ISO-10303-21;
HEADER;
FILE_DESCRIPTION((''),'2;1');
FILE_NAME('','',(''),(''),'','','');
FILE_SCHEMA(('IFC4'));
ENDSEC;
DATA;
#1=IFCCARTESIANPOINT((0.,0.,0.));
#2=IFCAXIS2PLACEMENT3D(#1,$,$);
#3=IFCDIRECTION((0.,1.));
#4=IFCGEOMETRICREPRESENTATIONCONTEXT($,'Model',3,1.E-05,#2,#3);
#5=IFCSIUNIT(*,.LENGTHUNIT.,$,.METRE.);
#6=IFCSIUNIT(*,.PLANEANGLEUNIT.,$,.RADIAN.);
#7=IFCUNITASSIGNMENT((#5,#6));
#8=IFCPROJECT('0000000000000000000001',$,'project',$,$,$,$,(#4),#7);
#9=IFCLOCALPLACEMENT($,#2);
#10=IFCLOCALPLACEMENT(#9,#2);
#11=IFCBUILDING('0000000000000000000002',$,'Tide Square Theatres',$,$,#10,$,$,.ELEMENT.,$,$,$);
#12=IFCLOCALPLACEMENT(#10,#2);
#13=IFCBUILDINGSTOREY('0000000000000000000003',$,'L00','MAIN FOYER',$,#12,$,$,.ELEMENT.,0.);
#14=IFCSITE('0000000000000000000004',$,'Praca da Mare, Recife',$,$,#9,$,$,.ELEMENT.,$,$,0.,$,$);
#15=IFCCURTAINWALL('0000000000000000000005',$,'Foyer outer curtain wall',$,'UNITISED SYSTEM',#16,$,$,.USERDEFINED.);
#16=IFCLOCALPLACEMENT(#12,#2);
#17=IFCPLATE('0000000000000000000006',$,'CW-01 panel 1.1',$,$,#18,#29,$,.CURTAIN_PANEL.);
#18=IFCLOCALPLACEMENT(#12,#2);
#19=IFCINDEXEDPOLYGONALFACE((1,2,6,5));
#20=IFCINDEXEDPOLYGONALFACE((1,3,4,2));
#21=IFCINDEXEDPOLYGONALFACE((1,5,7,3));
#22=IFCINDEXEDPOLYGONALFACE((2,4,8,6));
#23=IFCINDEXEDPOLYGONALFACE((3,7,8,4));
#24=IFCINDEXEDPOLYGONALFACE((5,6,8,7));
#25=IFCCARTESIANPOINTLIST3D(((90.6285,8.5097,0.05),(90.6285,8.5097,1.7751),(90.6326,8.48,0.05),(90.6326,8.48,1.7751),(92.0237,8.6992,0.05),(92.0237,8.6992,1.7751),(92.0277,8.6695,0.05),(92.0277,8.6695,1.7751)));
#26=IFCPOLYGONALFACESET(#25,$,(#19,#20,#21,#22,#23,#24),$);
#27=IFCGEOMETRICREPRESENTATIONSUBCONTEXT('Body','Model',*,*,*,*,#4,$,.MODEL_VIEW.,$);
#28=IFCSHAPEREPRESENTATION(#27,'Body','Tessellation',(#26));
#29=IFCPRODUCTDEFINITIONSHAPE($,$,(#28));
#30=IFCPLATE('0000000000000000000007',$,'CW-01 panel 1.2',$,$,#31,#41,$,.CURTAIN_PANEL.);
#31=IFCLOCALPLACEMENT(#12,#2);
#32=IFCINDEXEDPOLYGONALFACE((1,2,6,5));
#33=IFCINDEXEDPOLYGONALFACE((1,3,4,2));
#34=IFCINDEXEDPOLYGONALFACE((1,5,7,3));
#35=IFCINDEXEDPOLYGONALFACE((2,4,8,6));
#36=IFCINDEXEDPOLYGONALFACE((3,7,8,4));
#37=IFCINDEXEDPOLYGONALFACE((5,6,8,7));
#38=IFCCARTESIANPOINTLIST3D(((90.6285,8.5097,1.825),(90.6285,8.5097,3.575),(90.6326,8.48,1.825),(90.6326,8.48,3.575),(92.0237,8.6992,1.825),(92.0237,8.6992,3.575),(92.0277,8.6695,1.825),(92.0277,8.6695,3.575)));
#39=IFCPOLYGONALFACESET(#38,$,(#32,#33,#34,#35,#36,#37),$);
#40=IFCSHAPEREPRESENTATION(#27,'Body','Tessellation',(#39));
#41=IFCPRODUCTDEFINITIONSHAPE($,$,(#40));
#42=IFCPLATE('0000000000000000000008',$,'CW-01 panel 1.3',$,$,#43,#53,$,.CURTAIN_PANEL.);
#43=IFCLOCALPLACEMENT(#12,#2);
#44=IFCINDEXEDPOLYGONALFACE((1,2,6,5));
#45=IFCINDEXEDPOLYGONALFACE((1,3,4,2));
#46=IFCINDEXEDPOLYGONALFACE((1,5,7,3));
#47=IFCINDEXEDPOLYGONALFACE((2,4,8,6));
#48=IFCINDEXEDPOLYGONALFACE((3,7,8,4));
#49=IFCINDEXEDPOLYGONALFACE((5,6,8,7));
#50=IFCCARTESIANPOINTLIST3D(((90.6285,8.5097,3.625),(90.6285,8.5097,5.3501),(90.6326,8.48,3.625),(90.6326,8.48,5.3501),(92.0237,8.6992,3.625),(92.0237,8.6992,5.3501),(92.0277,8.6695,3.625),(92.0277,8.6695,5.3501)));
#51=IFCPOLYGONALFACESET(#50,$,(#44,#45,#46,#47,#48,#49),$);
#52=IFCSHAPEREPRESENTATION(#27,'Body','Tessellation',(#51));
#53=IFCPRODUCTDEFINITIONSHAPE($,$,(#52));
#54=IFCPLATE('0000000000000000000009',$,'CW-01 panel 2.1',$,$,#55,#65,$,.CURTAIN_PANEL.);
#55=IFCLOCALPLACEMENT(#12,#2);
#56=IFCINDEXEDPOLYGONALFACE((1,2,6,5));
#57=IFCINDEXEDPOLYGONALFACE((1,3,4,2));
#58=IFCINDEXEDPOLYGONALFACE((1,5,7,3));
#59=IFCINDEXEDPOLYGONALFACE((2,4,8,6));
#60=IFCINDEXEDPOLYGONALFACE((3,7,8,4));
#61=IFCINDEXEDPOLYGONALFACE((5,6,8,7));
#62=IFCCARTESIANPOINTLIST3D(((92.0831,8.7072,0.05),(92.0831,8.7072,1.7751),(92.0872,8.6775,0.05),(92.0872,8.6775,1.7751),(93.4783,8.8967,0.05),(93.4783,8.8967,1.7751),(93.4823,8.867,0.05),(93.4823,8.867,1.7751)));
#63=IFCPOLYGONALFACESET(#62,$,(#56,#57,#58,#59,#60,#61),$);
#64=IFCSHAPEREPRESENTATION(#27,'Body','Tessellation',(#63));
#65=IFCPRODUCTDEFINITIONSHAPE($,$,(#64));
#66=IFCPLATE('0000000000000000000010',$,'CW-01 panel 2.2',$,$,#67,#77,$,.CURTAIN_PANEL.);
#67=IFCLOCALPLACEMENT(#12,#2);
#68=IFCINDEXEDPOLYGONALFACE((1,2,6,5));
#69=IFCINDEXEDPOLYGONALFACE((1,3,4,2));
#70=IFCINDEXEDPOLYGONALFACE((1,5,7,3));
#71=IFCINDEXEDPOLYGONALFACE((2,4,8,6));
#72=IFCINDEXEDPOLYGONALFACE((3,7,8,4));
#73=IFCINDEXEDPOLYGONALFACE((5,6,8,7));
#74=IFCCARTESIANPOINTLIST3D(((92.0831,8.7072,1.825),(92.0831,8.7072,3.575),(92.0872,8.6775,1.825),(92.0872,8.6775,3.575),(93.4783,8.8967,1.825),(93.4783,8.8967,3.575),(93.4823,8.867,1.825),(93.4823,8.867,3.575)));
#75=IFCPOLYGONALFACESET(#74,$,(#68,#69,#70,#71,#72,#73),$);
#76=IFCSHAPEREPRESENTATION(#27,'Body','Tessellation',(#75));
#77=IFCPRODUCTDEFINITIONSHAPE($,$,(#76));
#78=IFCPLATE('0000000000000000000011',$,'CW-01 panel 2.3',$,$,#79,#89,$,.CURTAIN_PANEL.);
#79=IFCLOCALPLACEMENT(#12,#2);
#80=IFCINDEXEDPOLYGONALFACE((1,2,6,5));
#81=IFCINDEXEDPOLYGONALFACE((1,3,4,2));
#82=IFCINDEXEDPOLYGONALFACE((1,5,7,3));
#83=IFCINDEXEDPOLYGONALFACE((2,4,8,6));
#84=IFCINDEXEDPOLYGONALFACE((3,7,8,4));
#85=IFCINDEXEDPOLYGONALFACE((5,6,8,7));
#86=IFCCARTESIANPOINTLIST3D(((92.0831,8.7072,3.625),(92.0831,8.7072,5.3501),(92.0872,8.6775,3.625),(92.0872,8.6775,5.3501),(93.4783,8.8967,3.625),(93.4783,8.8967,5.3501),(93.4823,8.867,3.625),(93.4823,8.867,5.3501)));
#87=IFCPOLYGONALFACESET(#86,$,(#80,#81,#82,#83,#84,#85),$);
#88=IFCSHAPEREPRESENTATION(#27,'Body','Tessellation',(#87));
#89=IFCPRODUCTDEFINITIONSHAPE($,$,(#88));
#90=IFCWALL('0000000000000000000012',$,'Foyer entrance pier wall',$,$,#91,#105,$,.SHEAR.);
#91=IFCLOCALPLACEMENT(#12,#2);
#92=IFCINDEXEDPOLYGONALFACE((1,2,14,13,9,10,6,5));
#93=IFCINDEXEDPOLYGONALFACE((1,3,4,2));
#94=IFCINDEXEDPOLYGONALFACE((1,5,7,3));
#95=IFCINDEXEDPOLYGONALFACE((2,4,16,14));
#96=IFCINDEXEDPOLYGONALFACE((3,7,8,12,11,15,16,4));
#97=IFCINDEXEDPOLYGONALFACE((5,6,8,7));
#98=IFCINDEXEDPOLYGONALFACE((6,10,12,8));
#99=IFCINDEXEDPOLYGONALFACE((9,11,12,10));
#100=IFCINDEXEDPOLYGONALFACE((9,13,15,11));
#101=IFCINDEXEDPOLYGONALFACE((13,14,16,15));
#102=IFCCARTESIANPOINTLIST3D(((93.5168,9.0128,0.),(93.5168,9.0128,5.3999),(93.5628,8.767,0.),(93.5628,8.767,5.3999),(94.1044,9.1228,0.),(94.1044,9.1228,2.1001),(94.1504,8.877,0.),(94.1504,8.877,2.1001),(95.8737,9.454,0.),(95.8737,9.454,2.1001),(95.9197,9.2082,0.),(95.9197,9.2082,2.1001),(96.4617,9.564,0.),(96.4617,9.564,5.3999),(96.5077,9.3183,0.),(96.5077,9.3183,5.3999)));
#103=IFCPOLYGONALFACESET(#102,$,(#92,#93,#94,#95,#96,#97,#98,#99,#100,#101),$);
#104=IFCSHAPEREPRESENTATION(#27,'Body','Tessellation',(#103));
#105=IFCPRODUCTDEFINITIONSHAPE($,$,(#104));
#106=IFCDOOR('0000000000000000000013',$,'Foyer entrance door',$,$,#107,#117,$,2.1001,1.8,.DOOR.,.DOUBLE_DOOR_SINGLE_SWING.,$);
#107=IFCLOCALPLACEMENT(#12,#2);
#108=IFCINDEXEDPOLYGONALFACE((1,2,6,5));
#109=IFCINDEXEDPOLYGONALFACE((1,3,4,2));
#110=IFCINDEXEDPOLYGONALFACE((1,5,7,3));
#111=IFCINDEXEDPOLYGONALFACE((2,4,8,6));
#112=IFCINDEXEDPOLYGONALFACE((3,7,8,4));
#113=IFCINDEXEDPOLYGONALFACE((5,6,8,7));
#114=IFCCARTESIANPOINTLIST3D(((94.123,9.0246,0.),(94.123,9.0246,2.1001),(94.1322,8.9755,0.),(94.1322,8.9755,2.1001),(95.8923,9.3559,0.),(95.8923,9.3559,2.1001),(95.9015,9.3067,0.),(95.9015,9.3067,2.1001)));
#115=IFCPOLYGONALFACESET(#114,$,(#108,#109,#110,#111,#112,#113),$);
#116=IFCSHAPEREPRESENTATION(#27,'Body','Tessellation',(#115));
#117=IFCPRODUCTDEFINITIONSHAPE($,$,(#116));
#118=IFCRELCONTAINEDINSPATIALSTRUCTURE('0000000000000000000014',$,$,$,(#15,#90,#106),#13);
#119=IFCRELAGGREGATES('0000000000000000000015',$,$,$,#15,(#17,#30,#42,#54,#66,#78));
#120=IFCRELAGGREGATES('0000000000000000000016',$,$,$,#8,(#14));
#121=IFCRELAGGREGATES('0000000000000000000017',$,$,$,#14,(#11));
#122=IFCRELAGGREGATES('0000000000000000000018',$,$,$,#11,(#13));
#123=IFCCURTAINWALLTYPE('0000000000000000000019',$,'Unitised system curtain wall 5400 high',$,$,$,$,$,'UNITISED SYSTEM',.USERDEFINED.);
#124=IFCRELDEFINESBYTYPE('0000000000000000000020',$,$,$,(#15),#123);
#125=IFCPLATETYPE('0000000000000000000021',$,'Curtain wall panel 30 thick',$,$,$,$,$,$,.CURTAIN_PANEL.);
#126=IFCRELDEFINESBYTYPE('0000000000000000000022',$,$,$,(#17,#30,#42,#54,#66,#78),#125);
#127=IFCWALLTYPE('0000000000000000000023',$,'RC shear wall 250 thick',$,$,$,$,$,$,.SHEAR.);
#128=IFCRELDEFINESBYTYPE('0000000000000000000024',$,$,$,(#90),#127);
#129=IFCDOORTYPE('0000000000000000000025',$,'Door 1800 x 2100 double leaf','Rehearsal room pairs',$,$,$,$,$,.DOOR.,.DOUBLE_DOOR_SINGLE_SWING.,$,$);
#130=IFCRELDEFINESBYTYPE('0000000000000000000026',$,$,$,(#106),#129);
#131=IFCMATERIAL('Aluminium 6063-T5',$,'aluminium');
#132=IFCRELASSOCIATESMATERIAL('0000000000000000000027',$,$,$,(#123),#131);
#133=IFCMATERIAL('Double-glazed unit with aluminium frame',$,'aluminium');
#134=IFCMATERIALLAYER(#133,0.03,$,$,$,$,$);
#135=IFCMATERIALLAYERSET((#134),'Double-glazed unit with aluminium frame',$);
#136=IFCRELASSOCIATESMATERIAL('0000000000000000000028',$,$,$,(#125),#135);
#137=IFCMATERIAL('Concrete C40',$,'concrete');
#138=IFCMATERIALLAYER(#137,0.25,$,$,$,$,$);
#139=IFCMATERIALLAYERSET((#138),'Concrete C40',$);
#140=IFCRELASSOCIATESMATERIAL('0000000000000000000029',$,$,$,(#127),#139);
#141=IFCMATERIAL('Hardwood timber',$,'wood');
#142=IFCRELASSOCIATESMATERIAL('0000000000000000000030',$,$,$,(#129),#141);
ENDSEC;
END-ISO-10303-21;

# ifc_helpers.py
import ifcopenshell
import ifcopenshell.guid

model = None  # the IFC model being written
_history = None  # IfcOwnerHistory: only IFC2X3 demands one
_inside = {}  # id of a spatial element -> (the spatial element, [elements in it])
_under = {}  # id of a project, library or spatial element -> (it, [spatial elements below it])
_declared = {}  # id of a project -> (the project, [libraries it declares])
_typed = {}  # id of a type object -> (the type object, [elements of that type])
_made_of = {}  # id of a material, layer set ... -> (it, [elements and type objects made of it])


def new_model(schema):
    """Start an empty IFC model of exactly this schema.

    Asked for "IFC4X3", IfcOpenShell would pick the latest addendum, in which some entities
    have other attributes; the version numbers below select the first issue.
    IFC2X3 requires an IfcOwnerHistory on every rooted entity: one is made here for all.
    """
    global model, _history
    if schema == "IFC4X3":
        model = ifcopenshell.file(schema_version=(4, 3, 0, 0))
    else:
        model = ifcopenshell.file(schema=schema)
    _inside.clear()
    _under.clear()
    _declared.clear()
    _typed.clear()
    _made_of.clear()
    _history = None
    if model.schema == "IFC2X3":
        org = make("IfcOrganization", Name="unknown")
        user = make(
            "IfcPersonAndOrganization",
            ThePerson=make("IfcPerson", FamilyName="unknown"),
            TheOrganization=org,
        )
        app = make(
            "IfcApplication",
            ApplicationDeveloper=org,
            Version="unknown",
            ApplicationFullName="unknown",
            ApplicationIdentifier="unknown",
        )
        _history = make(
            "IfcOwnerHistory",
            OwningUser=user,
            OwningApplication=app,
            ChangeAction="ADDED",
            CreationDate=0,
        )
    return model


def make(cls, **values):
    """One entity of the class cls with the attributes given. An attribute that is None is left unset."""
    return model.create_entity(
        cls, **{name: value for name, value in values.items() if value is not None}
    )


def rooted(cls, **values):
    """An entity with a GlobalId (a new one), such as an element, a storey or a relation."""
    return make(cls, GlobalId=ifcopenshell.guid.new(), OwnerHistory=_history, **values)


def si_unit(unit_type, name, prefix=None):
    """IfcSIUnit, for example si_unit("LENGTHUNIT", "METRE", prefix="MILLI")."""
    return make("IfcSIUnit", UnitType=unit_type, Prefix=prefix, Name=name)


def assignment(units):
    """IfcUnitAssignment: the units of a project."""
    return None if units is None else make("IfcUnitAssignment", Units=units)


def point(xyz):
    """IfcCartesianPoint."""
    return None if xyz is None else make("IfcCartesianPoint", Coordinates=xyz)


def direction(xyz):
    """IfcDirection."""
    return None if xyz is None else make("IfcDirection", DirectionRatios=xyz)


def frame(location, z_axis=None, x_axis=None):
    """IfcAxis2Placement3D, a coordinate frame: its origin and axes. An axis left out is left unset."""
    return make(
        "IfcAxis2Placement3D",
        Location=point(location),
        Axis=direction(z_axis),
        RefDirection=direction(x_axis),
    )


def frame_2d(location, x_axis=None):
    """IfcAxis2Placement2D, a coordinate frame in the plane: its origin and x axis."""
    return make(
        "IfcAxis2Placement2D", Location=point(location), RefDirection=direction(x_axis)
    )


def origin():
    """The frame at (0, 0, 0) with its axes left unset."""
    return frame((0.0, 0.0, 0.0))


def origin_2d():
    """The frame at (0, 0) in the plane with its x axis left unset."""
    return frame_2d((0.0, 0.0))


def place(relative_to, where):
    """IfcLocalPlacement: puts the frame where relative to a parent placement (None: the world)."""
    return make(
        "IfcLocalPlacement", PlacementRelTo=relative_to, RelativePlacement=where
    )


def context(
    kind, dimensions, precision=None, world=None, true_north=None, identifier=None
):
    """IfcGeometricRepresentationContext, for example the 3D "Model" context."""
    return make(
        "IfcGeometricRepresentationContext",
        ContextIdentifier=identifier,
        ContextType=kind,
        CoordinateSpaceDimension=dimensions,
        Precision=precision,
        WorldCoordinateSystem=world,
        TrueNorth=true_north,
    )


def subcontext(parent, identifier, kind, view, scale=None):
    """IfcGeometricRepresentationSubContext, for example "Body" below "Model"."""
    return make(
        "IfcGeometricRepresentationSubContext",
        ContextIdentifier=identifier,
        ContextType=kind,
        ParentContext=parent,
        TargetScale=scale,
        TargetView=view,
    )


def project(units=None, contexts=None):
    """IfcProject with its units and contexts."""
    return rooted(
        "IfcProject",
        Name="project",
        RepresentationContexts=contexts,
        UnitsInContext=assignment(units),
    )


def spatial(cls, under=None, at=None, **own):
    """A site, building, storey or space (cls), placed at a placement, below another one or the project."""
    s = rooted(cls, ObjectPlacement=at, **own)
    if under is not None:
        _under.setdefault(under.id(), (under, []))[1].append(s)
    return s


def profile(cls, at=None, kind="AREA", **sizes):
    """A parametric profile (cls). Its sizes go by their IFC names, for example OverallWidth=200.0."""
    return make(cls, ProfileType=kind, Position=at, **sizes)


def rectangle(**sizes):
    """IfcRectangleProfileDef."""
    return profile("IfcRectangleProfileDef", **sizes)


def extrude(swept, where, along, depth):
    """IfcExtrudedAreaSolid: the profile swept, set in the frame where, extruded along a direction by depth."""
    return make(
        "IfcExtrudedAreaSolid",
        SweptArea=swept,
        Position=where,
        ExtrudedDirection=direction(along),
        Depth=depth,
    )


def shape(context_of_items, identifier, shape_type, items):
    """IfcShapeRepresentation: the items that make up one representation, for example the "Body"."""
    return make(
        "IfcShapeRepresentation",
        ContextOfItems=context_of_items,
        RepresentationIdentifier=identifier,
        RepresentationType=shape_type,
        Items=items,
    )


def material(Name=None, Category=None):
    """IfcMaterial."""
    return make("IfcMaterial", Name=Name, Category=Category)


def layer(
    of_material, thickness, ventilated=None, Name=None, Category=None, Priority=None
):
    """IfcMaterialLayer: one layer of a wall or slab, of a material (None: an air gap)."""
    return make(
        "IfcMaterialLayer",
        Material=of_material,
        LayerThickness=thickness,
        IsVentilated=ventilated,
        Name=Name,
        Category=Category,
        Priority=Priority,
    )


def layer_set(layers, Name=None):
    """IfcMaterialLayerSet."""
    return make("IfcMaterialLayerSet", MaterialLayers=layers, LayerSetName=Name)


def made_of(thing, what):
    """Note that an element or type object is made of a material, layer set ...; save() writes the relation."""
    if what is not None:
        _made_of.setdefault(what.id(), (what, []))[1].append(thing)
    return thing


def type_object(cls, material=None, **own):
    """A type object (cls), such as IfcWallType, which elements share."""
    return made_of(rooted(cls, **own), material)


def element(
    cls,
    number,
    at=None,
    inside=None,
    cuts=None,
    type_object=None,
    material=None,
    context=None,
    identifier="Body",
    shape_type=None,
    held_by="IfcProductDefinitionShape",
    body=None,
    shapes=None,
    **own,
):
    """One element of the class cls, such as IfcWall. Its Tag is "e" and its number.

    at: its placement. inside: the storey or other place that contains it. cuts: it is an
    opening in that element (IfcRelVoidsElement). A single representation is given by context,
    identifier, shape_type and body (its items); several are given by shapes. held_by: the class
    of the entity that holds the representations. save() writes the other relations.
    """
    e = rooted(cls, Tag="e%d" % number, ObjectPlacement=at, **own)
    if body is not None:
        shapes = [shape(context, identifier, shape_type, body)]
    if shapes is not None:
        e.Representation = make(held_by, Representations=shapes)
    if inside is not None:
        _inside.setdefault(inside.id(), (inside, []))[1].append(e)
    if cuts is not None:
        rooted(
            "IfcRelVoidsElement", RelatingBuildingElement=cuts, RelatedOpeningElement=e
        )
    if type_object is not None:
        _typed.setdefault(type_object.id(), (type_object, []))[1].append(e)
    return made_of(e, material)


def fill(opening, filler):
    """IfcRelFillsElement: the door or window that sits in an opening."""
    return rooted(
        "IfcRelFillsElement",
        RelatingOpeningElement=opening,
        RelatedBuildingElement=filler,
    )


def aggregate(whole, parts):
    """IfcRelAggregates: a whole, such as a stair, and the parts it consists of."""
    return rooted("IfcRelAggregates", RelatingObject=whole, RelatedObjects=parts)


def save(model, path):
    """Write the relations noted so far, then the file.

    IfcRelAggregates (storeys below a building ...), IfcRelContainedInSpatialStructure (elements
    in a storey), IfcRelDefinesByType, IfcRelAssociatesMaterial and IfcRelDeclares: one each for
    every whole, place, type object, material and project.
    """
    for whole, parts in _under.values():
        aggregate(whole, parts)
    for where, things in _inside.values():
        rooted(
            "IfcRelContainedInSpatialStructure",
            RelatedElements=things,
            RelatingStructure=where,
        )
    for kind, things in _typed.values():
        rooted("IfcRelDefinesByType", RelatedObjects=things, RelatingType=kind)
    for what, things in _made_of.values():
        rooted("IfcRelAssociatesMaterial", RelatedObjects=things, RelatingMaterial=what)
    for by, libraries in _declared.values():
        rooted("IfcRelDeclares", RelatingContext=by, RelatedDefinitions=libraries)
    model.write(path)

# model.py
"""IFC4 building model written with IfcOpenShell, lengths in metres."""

from ifc_helpers import new_model, si_unit, direction, frame, frame_2d, origin, origin_2d, place, context, subcontext, project, spatial, rectangle, extrude, material, layer, layer_set, type_object, element, fill, aggregate, save


model = new_model("IFC4")

# Units and contexts
model_context = context("Model", 3, precision=1e-05, world=origin(), true_north=direction((0.0, 1.0)))
body_context = subcontext(model_context, "Body", "Model", "MODEL_VIEW")
ifc_project = project(units=[si_unit("LENGTHUNIT", "METRE"), si_unit("PLANEANGLEUNIT", "RADIAN")], contexts=[model_context])

# Site, building, storey
site_placement = place(None, origin())
site = spatial("IfcSite", under=ifc_project, at=site_placement, Name="Praca da Mare, Recife", CompositionType="ELEMENT", RefElevation=0.0)
building_placement = place(site_placement, origin())
building = spatial("IfcBuilding", under=site, at=building_placement, Name="Tide Square Theatres", CompositionType="ELEMENT")
storey_placement = place(building_placement, origin())
storey = spatial("IfcBuildingStorey", under=building, at=storey_placement, Name="L00", Description="MAIN FOYER", CompositionType="ELEMENT", Elevation=0.0)

# Curtain wall, plates
ifc_material_1 = material(Name="Aluminium 6063-T5", Category="aluminium")
curtain_wall_type = type_object("IfcCurtainWallType", Name="Unitised system curtain wall 5400 high", ElementType="UNITISED SYSTEM", PredefinedType="USERDEFINED", material=ifc_material_1)
curtain_wall_placement = place(storey_placement, origin())
curtain_wall = element("IfcCurtainWall", 1, at=curtain_wall_placement, inside=storey, type_object=curtain_wall_type, Name="Foyer outer curtain wall", ObjectType="UNITISED SYSTEM", PredefinedType="USERDEFINED")
ifc_material_2 = material(Name="Double-glazed unit with aluminium frame", Category="aluminium")
ifc_layer_1 = layer(ifc_material_2, 0.03)
ifc_layer_set_1 = layer_set([ifc_layer_1], Name="Double-glazed unit with aluminium frame")
plate_type = type_object("IfcPlateType", Name="Curtain wall panel 30 thick", PredefinedType="CURTAIN_PANEL", material=ifc_layer_set_1)
plate_1_placement = place(storey_placement, frame((91.3281, 8.5896, 0.05), z_axis=(0.0, 0.0, 1.0), x_axis=(0.990903, 0.134577, 0.0)))
plate_1 = element("IfcPlate", 2, at=plate_1_placement, type_object=plate_type, Name="CW-01 panel 1.1", PredefinedType="CURTAIN_PANEL", context=body_context, shape_type="SweptSolid", body=[
    extrude(rectangle(XDim=1.408, YDim=0.03, at=origin_2d()), origin(), (0.0, 0.0, 1.0), 1.7251),
])
plate_2_placement = place(storey_placement, frame((91.3281, 8.5896, 1.825), z_axis=(0.0, 0.0, 1.0), x_axis=(0.990903, 0.134577, 0.0)))
plate_2 = element("IfcPlate", 3, at=plate_2_placement, type_object=plate_type, Name="CW-01 panel 1.2", PredefinedType="CURTAIN_PANEL", context=body_context, shape_type="SweptSolid", body=[
    extrude(rectangle(XDim=1.408, YDim=0.03, at=origin_2d()), origin(), (0.0, 0.0, 1.0), 1.75),
])
plate_3_placement = place(storey_placement, frame((91.3281, 8.5896, 3.625), z_axis=(0.0, 0.0, 1.0), x_axis=(0.990903, 0.134577, 0.0)))
plate_3 = element("IfcPlate", 4, at=plate_3_placement, type_object=plate_type, Name="CW-01 panel 1.3", PredefinedType="CURTAIN_PANEL", context=body_context, shape_type="SweptSolid", body=[
    extrude(rectangle(XDim=1.408, YDim=0.03, at=origin_2d()), origin(), (0.0, 0.0, 1.0), 1.7251),
])
plate_4_placement = place(storey_placement, frame((92.7827, 8.7871, 0.05), z_axis=(0.0, 0.0, 1.0), x_axis=(0.990903, 0.134577, 0.0)))
plate_4 = element("IfcPlate", 5, at=plate_4_placement, type_object=plate_type, Name="CW-01 panel 2.1", PredefinedType="CURTAIN_PANEL", context=body_context, shape_type="SweptSolid", body=[
    extrude(rectangle(XDim=1.408, YDim=0.03, at=origin_2d()), origin(), (0.0, 0.0, 1.0), 1.7251),
])
plate_5_placement = place(storey_placement, frame((92.7827, 8.7871, 1.825), z_axis=(0.0, 0.0, 1.0), x_axis=(0.990903, 0.134577, 0.0)))
plate_5 = element("IfcPlate", 6, at=plate_5_placement, type_object=plate_type, Name="CW-01 panel 2.2", PredefinedType="CURTAIN_PANEL", context=body_context, shape_type="SweptSolid", body=[
    extrude(rectangle(XDim=1.408, YDim=0.03, at=origin_2d()), origin(), (0.0, 0.0, 1.0), 1.75),
])
plate_6_placement = place(storey_placement, frame((92.7827, 8.7871, 3.625), z_axis=(0.0, 0.0, 1.0), x_axis=(0.990903, 0.134577, 0.0)))
plate_6 = element("IfcPlate", 7, at=plate_6_placement, type_object=plate_type, Name="CW-01 panel 2.3", PredefinedType="CURTAIN_PANEL", context=body_context, shape_type="SweptSolid", body=[
    extrude(rectangle(XDim=1.408, YDim=0.03, at=origin_2d()), origin(), (0.0, 0.0, 1.0), 1.7251),
])
aggregate(curtain_wall, [plate_1, plate_2, plate_3, plate_4, plate_5, plate_6])

# Wall, opening, door
ifc_material_3 = material(Name="Concrete C40", Category="concrete")
ifc_layer_2 = layer(ifc_material_3, 0.25)
ifc_layer_set_2 = layer_set([ifc_layer_2], Name="Concrete C40")
wall_type = type_object("IfcWallType", Name="RC shear wall 250 thick", PredefinedType="SHEAR", material=ifc_layer_set_2)
wall_placement = place(storey_placement, frame((93.5398, 8.8899, 0.0), z_axis=(0.0, 0.0, 1.0), x_axis=(0.982926, 0.184003, 0.0)))
wall = element("IfcWall", 8, at=wall_placement, inside=storey, type_object=wall_type, Name="Foyer entrance pier wall", PredefinedType="SHEAR", context=body_context, shape_type="SweptSolid", body=[
    extrude(rectangle(XDim=2.9961, YDim=0.25, at=frame_2d((1.498, 0.0))), origin(), (0.0, 0.0, 1.0), 5.3999),
])
opening_placement = place(wall_placement, frame((0.5979, 0.0, 0.0)))
opening = element("IfcOpeningElement", 9, at=opening_placement, cuts=wall, PredefinedType="OPENING", context=body_context, shape_type="SweptSolid", body=[
    extrude(rectangle(XDim=1.8, YDim=2.1001, at=frame_2d((0.8999, 1.05))), frame((0.0, 0.135, 0.0), z_axis=(0.0, -1.0, 0.0), x_axis=(1.0, 0.0, 0.0)), (0.0, 0.0, 1.0), 0.27),
])
ifc_material_4 = material(Name="Hardwood timber", Category="wood")
door_type = type_object("IfcDoorType", Name="Door 1800 x 2100 double leaf", Description="Rehearsal room pairs", OperationType="DOUBLE_DOOR_SINGLE_SWING", PredefinedType="DOOR", material=ifc_material_4)
door_placement = place(opening_placement, frame((1.8, 0.0, 0.0), z_axis=(0.0, 0.0, 1.0), x_axis=(-1.0, 0.0, 0.0)))
door = element("IfcDoor", 10, at=door_placement, inside=storey, type_object=door_type, Name="Foyer entrance door", OperationType="DOUBLE_DOOR_SINGLE_SWING", OverallHeight=2.1001, OverallWidth=1.8, PredefinedType="DOOR", context=body_context, shape_type="SweptSolid", body=[
    extrude(rectangle(XDim=1.8, YDim=2.1001, at=frame_2d((0.8999, 1.05))), frame((0.0, 0.0249, 0.0), z_axis=(0.0, -1.0, 0.0), x_axis=(1.0, 0.0, 0.0)), (0.0, 0.0, 1.0), 0.05),
])
fill(opening, door)

save(model, "model.ifc")
